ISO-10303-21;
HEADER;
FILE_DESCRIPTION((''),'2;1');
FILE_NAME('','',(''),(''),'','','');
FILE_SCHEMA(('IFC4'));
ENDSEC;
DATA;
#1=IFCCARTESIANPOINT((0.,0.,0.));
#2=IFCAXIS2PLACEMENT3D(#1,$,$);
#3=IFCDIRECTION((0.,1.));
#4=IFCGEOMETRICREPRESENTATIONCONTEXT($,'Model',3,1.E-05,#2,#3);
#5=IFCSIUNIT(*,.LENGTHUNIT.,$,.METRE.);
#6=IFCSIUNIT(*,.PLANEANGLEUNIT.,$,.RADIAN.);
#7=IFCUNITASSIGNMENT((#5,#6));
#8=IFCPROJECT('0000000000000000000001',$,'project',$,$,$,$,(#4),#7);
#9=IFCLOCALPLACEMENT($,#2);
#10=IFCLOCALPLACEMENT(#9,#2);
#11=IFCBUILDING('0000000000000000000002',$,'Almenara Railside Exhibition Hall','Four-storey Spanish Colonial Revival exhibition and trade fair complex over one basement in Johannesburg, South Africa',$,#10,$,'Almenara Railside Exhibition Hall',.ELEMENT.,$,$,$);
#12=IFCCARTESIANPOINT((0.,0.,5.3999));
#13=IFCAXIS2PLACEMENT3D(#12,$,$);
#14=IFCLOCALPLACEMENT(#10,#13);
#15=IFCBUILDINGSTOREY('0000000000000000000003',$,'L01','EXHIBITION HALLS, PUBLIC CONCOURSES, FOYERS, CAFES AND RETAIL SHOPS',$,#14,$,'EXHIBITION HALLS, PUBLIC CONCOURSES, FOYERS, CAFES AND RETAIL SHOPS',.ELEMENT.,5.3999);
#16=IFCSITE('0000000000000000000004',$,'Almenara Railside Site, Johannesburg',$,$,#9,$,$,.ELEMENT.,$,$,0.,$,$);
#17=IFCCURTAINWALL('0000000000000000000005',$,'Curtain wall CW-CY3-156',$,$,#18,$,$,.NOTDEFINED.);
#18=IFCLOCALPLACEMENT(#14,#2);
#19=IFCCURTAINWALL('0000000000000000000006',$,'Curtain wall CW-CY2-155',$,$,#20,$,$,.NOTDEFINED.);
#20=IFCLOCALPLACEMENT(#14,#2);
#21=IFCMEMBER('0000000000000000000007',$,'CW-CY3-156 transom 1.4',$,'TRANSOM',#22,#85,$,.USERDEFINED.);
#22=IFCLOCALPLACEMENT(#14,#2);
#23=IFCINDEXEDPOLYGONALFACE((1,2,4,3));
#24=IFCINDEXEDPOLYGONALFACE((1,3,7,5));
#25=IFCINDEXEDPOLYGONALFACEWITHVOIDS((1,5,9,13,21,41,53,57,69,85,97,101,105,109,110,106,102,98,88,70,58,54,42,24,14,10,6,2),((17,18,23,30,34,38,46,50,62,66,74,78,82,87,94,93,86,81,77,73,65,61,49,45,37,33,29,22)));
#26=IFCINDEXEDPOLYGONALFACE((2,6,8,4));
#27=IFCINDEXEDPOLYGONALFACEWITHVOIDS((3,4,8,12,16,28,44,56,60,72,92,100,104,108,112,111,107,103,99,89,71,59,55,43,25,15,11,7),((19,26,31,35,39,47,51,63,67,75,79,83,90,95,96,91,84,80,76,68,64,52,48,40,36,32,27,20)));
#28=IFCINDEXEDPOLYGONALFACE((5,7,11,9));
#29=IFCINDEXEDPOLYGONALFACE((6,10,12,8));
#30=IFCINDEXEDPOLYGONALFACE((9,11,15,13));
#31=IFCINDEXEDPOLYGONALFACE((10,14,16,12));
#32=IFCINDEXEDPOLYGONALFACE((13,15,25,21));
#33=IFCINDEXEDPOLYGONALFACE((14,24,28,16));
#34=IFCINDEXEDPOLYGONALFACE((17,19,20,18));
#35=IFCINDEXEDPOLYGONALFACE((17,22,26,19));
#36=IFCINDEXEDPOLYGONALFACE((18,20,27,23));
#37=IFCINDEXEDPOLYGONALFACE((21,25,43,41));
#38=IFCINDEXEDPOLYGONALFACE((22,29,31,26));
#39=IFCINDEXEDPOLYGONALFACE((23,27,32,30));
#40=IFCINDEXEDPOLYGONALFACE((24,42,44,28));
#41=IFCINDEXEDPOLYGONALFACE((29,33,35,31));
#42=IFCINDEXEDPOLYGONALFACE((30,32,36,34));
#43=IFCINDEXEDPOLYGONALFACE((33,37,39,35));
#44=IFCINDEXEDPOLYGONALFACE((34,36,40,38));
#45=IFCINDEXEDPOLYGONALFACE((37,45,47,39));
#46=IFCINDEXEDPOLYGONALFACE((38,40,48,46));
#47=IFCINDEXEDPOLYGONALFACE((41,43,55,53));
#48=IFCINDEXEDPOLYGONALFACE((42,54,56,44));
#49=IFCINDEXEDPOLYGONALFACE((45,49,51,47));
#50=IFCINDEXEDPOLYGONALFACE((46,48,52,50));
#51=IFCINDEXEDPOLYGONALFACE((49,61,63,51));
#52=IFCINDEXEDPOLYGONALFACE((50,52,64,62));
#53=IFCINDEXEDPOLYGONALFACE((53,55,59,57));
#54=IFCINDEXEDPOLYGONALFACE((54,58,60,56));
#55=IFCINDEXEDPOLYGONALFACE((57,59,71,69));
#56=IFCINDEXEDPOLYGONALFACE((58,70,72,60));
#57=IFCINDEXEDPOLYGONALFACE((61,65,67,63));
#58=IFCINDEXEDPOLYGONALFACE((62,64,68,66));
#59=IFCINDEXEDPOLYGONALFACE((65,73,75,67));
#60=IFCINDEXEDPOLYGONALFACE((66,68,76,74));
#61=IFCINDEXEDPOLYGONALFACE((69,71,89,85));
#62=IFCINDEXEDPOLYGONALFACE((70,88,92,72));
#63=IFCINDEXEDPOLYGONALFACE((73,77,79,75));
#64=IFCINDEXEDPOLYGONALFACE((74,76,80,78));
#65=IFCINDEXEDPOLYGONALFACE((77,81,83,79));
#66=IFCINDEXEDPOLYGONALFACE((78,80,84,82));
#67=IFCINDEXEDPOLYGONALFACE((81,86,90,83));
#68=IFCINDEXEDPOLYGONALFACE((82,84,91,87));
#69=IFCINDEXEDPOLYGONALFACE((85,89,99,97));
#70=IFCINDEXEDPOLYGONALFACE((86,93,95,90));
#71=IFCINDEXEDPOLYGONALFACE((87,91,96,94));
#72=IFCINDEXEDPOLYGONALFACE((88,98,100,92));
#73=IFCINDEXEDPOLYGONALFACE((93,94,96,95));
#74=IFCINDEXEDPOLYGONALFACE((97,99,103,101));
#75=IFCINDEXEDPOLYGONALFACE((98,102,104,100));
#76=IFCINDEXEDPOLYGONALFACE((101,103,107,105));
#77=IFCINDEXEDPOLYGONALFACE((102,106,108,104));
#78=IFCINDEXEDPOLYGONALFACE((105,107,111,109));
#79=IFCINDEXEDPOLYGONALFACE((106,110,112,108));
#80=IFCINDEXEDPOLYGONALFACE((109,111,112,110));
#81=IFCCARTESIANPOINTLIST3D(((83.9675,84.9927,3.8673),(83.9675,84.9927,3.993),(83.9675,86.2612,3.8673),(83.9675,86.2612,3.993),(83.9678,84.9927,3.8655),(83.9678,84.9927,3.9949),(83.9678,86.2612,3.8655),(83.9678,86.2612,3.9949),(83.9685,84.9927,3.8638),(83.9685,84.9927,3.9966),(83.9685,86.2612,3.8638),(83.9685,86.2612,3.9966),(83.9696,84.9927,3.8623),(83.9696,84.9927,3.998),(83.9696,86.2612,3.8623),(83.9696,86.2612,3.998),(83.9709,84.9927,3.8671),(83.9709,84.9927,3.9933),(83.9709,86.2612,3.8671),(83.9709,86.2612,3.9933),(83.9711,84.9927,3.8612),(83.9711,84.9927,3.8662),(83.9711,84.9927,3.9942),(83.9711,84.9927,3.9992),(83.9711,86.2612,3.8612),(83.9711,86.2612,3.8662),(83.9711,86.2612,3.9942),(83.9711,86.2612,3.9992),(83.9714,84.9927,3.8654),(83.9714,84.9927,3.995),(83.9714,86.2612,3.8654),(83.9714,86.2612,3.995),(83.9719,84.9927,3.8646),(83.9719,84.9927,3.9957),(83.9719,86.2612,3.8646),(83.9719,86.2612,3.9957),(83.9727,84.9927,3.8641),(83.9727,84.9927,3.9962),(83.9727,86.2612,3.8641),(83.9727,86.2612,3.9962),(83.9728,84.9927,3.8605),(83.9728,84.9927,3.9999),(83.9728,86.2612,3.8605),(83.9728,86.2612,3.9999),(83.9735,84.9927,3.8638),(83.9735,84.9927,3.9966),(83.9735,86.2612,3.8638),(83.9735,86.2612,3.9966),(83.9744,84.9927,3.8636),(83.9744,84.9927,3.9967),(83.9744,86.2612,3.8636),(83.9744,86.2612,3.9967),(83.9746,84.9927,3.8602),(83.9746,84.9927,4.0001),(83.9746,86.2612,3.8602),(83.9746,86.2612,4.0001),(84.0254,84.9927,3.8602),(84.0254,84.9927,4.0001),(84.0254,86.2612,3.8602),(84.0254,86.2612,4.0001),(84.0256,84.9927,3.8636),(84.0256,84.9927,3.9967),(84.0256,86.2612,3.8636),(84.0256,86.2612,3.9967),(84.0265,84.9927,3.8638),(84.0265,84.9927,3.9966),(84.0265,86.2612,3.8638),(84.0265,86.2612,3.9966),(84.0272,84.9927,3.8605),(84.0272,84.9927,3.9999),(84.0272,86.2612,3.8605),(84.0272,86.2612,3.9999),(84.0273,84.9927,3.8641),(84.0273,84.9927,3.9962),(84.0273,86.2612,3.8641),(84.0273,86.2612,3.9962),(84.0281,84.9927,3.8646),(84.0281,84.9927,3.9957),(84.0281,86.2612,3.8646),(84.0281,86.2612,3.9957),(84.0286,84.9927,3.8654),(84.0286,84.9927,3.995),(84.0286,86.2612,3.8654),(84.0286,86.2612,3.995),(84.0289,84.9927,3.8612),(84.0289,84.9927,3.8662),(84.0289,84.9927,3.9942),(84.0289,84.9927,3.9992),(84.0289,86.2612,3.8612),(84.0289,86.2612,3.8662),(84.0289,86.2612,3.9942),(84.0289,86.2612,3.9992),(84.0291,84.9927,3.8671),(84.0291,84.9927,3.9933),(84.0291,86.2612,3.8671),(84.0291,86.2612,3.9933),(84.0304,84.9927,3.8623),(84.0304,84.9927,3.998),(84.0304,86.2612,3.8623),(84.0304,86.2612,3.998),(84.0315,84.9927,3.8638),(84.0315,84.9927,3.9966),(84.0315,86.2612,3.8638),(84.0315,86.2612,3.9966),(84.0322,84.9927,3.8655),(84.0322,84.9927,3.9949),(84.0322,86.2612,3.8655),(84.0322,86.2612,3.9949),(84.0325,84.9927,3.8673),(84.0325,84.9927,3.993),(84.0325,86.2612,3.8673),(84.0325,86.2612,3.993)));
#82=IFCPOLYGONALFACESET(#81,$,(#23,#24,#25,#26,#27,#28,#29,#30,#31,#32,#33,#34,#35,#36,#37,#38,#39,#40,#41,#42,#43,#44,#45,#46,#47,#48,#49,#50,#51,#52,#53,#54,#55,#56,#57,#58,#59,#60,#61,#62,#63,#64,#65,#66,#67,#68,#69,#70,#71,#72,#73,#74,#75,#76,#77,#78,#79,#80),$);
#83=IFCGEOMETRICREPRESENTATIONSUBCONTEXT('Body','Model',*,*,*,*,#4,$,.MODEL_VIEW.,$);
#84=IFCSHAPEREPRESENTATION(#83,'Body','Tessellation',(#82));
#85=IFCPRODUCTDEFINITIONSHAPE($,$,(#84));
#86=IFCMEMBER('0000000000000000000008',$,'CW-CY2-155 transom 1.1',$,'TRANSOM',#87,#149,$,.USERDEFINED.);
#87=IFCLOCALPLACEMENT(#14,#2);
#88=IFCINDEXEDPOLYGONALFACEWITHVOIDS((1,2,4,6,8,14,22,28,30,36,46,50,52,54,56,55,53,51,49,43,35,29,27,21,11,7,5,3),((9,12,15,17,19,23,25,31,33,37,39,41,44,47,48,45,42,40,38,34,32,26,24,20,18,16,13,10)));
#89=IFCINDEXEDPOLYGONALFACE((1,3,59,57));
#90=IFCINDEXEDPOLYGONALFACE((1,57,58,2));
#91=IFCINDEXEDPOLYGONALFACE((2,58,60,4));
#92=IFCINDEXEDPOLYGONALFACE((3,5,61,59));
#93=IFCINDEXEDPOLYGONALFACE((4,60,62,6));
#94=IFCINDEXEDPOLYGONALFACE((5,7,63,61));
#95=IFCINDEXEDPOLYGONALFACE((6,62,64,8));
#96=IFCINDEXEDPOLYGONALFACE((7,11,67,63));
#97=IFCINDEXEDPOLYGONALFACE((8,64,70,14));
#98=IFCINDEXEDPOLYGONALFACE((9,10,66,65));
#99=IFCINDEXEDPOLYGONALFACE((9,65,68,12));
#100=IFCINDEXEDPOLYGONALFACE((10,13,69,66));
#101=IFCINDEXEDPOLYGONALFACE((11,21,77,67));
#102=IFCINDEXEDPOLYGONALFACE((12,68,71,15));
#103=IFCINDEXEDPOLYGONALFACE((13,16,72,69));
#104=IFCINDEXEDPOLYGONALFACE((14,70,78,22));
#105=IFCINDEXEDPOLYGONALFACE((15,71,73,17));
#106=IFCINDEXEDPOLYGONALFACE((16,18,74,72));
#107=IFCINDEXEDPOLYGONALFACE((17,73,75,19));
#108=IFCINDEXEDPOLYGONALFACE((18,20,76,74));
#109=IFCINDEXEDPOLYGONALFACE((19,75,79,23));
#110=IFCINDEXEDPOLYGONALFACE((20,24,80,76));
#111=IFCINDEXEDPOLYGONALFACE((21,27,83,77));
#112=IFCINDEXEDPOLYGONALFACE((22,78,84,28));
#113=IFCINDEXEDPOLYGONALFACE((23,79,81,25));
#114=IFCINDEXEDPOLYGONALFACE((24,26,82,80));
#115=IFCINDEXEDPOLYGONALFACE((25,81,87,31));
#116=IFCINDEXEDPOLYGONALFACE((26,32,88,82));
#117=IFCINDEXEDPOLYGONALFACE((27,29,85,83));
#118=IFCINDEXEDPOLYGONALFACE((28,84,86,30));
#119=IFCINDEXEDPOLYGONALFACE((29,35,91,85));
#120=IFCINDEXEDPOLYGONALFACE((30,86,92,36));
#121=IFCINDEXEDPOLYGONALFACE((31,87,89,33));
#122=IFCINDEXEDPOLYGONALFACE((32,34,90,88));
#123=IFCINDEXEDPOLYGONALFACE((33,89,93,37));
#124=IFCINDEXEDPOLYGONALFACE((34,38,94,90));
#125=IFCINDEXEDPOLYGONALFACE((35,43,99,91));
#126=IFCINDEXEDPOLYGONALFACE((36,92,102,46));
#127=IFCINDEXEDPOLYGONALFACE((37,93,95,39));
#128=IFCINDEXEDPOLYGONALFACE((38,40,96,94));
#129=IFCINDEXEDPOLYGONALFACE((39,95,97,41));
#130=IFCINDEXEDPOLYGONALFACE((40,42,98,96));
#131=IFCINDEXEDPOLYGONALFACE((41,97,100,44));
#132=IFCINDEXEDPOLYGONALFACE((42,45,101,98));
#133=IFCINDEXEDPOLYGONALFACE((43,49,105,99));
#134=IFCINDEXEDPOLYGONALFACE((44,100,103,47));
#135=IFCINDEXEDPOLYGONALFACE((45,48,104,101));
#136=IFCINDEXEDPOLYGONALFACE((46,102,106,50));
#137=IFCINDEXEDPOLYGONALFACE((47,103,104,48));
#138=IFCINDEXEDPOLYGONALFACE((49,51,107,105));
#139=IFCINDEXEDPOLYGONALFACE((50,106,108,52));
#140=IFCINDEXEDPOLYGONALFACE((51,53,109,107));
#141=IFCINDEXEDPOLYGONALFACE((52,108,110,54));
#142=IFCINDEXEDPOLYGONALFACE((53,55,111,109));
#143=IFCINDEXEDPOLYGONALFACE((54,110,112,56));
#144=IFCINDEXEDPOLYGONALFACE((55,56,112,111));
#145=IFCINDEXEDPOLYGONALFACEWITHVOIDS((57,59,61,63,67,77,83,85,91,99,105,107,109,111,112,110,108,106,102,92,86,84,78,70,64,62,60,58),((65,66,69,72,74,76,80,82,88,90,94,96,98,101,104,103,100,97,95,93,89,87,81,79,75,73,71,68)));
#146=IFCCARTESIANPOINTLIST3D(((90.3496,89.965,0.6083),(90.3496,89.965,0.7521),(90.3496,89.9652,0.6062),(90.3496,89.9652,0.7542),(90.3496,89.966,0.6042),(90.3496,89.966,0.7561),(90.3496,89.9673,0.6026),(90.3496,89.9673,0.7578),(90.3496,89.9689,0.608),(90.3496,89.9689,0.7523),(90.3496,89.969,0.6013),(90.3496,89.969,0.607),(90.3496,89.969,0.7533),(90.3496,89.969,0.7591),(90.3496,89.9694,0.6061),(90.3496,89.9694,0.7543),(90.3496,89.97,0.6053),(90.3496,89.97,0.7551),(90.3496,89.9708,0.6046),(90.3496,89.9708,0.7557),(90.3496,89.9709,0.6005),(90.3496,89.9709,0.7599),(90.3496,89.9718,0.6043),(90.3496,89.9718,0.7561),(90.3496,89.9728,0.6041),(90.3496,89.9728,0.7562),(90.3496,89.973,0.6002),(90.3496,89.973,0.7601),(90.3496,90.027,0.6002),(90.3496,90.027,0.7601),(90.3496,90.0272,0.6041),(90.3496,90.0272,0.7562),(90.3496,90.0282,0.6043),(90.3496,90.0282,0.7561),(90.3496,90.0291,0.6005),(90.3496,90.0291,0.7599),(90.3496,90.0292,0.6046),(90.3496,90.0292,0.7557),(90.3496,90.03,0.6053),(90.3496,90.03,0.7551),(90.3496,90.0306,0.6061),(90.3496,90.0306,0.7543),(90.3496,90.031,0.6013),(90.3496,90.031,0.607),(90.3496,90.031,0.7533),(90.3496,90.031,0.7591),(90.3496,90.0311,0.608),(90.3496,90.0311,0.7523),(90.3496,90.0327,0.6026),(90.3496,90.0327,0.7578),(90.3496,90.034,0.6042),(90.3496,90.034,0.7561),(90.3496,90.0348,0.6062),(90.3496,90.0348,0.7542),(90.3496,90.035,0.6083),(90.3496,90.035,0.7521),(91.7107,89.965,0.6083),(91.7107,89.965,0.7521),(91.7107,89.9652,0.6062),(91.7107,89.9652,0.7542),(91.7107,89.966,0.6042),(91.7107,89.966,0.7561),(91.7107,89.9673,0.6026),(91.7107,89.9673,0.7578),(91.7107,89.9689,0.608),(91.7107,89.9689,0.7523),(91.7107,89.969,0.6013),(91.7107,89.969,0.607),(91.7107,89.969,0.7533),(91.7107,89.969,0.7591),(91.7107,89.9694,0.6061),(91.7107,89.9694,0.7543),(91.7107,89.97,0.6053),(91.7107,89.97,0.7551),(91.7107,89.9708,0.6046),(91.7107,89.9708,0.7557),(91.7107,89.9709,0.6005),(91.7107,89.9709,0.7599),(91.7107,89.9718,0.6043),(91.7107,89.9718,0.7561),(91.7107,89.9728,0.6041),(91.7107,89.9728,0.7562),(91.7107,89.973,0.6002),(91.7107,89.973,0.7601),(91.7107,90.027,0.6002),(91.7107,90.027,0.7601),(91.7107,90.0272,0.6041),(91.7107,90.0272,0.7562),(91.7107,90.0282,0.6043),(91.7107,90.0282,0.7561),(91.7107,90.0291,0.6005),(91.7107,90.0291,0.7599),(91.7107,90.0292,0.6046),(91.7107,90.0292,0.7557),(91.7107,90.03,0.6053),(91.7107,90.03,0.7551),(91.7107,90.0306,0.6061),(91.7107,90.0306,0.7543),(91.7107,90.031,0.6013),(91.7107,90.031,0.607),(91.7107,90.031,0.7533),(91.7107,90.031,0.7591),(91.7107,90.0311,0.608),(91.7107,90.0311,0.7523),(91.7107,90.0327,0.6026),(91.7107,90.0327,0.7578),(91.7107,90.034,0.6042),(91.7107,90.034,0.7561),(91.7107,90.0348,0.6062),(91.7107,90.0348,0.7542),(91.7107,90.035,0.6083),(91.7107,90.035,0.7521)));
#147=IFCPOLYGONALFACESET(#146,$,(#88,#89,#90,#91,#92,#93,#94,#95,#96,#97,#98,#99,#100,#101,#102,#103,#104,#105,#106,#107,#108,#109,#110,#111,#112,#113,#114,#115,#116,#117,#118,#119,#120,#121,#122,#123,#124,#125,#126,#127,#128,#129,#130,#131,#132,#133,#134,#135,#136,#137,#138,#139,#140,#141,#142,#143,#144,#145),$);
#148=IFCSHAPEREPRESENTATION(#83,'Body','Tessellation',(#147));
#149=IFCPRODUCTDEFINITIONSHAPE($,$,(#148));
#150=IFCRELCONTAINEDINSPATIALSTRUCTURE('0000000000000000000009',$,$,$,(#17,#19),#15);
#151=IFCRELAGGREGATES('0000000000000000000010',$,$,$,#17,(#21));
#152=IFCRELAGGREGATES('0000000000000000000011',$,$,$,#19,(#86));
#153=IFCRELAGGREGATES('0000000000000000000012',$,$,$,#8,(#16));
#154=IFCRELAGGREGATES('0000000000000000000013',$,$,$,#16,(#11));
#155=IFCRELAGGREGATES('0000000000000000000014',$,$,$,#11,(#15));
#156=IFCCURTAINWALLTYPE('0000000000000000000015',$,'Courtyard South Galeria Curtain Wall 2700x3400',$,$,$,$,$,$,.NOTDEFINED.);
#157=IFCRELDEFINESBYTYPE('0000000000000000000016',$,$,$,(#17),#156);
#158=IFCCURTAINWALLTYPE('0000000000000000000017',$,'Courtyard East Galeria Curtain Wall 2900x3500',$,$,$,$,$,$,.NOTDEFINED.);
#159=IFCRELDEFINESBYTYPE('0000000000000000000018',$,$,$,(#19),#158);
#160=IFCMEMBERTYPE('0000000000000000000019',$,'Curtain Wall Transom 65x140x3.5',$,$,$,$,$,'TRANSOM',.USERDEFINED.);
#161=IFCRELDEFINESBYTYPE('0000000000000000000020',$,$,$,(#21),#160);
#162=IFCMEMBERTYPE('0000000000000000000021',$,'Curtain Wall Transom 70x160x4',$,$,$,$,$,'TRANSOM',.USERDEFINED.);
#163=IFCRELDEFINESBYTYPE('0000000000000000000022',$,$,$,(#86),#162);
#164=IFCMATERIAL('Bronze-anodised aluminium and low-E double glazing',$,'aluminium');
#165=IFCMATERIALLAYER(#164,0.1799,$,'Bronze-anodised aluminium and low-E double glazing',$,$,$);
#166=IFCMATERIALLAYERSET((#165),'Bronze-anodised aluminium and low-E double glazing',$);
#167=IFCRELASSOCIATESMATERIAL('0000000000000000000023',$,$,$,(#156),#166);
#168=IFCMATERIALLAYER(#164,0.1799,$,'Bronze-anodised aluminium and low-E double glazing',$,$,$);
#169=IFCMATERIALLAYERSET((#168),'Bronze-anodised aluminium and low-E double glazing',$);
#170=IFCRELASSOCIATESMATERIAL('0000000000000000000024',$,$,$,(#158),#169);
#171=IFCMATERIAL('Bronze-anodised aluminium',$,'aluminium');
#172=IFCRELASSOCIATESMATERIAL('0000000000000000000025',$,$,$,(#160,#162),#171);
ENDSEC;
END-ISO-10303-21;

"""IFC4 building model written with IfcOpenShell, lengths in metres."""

from ifc_helpers import new_model, si_unit, direction, frame, origin, origin_2d, place, context, subcontext, project, spatial, hollow_rectangle, extrude, material, layer, layer_set, material_profile, profile_set, type_object, element, aggregate, save


model = new_model("IFC4")

# Units and contexts
model_context = context("Model", 3, precision=1e-05, world=origin(), true_north=direction((0.0, 1.0)))
body_context = subcontext(model_context, "Body", "Model", "MODEL_VIEW")
ifc_project = project(units=[si_unit("LENGTHUNIT", "METRE"), si_unit("PLANEANGLEUNIT", "RADIAN")], contexts=[model_context])

# Site, building, storey
site_placement = place(None, origin())
site = spatial("IfcSite", under=ifc_project, at=site_placement, Name="Almenara Railside Site, Johannesburg", CompositionType="ELEMENT", RefElevation=0.0)
building_placement = place(site_placement, origin())
building = spatial("IfcBuilding", under=site, at=building_placement, Name="Almenara Railside Exhibition Hall", Description="Four-storey Spanish Colonial Revival exhibition and trade fair complex over one basement in Johannesburg, South Africa", LongName="Almenara Railside Exhibition Hall", CompositionType="ELEMENT")
storey_placement = place(building_placement, frame((0.0, 0.0, 5.3999)))
storey = spatial("IfcBuildingStorey", under=building, at=storey_placement, Name="L01", Description="EXHIBITION HALLS, PUBLIC CONCOURSES, FOYERS, CAFES AND RETAIL SHOPS", LongName="EXHIBITION HALLS, PUBLIC CONCOURSES, FOYERS, CAFES AND RETAIL SHOPS", CompositionType="ELEMENT", Elevation=5.3999)

# Curtain wall
ifc_material_1 = material(Name="Bronze-anodised aluminium and low-E double glazing", Category="aluminium")
ifc_layer_1 = layer(ifc_material_1, 0.1799, Name="Bronze-anodised aluminium and low-E double glazing")
ifc_layer_set_1 = layer_set([ifc_layer_1], Name="Bronze-anodised aluminium and low-E double glazing")
curtain_wall_type_1 = type_object("IfcCurtainWallType", Name="Courtyard South Galeria Curtain Wall 2700x3400", PredefinedType="NOTDEFINED", material=ifc_layer_set_1)
curtain_wall_1_placement = place(storey_placement, origin())
curtain_wall_1 = element("IfcCurtainWall", 1, at=curtain_wall_1_placement, inside=storey, type_object=curtain_wall_type_1, Name="Curtain wall CW-CY3-156", PredefinedType="NOTDEFINED")
ifc_material_2 = material(Name="Bronze-anodised aluminium", Category="aluminium")

# Curtain wall
ifc_layer_2 = layer(ifc_material_1, 0.1799, Name="Bronze-anodised aluminium and low-E double glazing")
ifc_layer_set_2 = layer_set([ifc_layer_2], Name="Bronze-anodised aluminium and low-E double glazing")
curtain_wall_type_2 = type_object("IfcCurtainWallType", Name="Courtyard East Galeria Curtain Wall 2900x3500", PredefinedType="NOTDEFINED", material=ifc_layer_set_2)
curtain_wall_2_placement = place(storey_placement, origin())
curtain_wall_2 = element("IfcCurtainWall", 2, at=curtain_wall_2_placement, inside=storey, type_object=curtain_wall_type_2, Name="Curtain wall CW-CY2-155", PredefinedType="NOTDEFINED")

# Members
ifc_material_profile_1 = material_profile(ifc_material_2, hollow_rectangle(XDim=0.0649, YDim=0.1399, WallThickness=0.0034, InnerFilletRadius=0.0034, OuterFilletRadius=0.0071, at=origin_2d()), Name="ALU-TRN 65x140x3.5")
ifc_profile_set_1 = profile_set([ifc_material_profile_1], Name="Bronze-anodised aluminium")
member_type_1 = type_object("IfcMemberType", Name="Curtain Wall Transom 65x140x3.5", ElementType="TRANSOM", PredefinedType="USERDEFINED", material=ifc_profile_set_1)
member_1_placement = place(storey_placement, frame((84.0, 86.2612, 3.9302), z_axis=(0.0, -1.0, 0.0), x_axis=(1.0, 0.0, 0.0)))
member_1 = element("IfcMember", 3, at=member_1_placement, type_object=member_type_1, Name="CW-CY3-156 transom 1.4", ObjectType="TRANSOM", PredefinedType="USERDEFINED", context=body_context, shape_type="SweptSolid", body=[
    extrude(hollow_rectangle(XDim=0.0649, YDim=0.1399, WallThickness=0.0034, InnerFilletRadius=0.0034, OuterFilletRadius=0.0071, at=origin_2d()), origin(), (0.0, 0.0, 1.0), 1.2686),
])
aggregate(curtain_wall_1, [member_1])
ifc_material_profile_2 = material_profile(ifc_material_2, hollow_rectangle(XDim=0.0701, YDim=0.1599, WallThickness=0.0039, InnerFilletRadius=0.0039, OuterFilletRadius=0.0081, at=origin_2d()), Name="ALU-TRN 70x160x4")
ifc_profile_set_2 = profile_set([ifc_material_profile_2], Name="Bronze-anodised aluminium")
member_type_2 = type_object("IfcMemberType", Name="Curtain Wall Transom 70x160x4", ElementType="TRANSOM", PredefinedType="USERDEFINED", material=ifc_profile_set_2)
member_2_placement = place(storey_placement, frame((91.7107, 90.0, 0.6802), z_axis=(-1.0, 0.0, 0.0), x_axis=(0.0, -1.0, 0.0)))
member_2 = element("IfcMember", 4, at=member_2_placement, type_object=member_type_2, Name="CW-CY2-155 transom 1.1", ObjectType="TRANSOM", PredefinedType="USERDEFINED", context=body_context, shape_type="SweptSolid", body=[
    extrude(hollow_rectangle(XDim=0.0701, YDim=0.1599, WallThickness=0.0039, InnerFilletRadius=0.0039, OuterFilletRadius=0.0081, at=origin_2d()), origin(), (0.0, 0.0, 1.0), 1.3611),
])

aggregate(curtain_wall_2, [member_2])

save(model, "model.ifc")
